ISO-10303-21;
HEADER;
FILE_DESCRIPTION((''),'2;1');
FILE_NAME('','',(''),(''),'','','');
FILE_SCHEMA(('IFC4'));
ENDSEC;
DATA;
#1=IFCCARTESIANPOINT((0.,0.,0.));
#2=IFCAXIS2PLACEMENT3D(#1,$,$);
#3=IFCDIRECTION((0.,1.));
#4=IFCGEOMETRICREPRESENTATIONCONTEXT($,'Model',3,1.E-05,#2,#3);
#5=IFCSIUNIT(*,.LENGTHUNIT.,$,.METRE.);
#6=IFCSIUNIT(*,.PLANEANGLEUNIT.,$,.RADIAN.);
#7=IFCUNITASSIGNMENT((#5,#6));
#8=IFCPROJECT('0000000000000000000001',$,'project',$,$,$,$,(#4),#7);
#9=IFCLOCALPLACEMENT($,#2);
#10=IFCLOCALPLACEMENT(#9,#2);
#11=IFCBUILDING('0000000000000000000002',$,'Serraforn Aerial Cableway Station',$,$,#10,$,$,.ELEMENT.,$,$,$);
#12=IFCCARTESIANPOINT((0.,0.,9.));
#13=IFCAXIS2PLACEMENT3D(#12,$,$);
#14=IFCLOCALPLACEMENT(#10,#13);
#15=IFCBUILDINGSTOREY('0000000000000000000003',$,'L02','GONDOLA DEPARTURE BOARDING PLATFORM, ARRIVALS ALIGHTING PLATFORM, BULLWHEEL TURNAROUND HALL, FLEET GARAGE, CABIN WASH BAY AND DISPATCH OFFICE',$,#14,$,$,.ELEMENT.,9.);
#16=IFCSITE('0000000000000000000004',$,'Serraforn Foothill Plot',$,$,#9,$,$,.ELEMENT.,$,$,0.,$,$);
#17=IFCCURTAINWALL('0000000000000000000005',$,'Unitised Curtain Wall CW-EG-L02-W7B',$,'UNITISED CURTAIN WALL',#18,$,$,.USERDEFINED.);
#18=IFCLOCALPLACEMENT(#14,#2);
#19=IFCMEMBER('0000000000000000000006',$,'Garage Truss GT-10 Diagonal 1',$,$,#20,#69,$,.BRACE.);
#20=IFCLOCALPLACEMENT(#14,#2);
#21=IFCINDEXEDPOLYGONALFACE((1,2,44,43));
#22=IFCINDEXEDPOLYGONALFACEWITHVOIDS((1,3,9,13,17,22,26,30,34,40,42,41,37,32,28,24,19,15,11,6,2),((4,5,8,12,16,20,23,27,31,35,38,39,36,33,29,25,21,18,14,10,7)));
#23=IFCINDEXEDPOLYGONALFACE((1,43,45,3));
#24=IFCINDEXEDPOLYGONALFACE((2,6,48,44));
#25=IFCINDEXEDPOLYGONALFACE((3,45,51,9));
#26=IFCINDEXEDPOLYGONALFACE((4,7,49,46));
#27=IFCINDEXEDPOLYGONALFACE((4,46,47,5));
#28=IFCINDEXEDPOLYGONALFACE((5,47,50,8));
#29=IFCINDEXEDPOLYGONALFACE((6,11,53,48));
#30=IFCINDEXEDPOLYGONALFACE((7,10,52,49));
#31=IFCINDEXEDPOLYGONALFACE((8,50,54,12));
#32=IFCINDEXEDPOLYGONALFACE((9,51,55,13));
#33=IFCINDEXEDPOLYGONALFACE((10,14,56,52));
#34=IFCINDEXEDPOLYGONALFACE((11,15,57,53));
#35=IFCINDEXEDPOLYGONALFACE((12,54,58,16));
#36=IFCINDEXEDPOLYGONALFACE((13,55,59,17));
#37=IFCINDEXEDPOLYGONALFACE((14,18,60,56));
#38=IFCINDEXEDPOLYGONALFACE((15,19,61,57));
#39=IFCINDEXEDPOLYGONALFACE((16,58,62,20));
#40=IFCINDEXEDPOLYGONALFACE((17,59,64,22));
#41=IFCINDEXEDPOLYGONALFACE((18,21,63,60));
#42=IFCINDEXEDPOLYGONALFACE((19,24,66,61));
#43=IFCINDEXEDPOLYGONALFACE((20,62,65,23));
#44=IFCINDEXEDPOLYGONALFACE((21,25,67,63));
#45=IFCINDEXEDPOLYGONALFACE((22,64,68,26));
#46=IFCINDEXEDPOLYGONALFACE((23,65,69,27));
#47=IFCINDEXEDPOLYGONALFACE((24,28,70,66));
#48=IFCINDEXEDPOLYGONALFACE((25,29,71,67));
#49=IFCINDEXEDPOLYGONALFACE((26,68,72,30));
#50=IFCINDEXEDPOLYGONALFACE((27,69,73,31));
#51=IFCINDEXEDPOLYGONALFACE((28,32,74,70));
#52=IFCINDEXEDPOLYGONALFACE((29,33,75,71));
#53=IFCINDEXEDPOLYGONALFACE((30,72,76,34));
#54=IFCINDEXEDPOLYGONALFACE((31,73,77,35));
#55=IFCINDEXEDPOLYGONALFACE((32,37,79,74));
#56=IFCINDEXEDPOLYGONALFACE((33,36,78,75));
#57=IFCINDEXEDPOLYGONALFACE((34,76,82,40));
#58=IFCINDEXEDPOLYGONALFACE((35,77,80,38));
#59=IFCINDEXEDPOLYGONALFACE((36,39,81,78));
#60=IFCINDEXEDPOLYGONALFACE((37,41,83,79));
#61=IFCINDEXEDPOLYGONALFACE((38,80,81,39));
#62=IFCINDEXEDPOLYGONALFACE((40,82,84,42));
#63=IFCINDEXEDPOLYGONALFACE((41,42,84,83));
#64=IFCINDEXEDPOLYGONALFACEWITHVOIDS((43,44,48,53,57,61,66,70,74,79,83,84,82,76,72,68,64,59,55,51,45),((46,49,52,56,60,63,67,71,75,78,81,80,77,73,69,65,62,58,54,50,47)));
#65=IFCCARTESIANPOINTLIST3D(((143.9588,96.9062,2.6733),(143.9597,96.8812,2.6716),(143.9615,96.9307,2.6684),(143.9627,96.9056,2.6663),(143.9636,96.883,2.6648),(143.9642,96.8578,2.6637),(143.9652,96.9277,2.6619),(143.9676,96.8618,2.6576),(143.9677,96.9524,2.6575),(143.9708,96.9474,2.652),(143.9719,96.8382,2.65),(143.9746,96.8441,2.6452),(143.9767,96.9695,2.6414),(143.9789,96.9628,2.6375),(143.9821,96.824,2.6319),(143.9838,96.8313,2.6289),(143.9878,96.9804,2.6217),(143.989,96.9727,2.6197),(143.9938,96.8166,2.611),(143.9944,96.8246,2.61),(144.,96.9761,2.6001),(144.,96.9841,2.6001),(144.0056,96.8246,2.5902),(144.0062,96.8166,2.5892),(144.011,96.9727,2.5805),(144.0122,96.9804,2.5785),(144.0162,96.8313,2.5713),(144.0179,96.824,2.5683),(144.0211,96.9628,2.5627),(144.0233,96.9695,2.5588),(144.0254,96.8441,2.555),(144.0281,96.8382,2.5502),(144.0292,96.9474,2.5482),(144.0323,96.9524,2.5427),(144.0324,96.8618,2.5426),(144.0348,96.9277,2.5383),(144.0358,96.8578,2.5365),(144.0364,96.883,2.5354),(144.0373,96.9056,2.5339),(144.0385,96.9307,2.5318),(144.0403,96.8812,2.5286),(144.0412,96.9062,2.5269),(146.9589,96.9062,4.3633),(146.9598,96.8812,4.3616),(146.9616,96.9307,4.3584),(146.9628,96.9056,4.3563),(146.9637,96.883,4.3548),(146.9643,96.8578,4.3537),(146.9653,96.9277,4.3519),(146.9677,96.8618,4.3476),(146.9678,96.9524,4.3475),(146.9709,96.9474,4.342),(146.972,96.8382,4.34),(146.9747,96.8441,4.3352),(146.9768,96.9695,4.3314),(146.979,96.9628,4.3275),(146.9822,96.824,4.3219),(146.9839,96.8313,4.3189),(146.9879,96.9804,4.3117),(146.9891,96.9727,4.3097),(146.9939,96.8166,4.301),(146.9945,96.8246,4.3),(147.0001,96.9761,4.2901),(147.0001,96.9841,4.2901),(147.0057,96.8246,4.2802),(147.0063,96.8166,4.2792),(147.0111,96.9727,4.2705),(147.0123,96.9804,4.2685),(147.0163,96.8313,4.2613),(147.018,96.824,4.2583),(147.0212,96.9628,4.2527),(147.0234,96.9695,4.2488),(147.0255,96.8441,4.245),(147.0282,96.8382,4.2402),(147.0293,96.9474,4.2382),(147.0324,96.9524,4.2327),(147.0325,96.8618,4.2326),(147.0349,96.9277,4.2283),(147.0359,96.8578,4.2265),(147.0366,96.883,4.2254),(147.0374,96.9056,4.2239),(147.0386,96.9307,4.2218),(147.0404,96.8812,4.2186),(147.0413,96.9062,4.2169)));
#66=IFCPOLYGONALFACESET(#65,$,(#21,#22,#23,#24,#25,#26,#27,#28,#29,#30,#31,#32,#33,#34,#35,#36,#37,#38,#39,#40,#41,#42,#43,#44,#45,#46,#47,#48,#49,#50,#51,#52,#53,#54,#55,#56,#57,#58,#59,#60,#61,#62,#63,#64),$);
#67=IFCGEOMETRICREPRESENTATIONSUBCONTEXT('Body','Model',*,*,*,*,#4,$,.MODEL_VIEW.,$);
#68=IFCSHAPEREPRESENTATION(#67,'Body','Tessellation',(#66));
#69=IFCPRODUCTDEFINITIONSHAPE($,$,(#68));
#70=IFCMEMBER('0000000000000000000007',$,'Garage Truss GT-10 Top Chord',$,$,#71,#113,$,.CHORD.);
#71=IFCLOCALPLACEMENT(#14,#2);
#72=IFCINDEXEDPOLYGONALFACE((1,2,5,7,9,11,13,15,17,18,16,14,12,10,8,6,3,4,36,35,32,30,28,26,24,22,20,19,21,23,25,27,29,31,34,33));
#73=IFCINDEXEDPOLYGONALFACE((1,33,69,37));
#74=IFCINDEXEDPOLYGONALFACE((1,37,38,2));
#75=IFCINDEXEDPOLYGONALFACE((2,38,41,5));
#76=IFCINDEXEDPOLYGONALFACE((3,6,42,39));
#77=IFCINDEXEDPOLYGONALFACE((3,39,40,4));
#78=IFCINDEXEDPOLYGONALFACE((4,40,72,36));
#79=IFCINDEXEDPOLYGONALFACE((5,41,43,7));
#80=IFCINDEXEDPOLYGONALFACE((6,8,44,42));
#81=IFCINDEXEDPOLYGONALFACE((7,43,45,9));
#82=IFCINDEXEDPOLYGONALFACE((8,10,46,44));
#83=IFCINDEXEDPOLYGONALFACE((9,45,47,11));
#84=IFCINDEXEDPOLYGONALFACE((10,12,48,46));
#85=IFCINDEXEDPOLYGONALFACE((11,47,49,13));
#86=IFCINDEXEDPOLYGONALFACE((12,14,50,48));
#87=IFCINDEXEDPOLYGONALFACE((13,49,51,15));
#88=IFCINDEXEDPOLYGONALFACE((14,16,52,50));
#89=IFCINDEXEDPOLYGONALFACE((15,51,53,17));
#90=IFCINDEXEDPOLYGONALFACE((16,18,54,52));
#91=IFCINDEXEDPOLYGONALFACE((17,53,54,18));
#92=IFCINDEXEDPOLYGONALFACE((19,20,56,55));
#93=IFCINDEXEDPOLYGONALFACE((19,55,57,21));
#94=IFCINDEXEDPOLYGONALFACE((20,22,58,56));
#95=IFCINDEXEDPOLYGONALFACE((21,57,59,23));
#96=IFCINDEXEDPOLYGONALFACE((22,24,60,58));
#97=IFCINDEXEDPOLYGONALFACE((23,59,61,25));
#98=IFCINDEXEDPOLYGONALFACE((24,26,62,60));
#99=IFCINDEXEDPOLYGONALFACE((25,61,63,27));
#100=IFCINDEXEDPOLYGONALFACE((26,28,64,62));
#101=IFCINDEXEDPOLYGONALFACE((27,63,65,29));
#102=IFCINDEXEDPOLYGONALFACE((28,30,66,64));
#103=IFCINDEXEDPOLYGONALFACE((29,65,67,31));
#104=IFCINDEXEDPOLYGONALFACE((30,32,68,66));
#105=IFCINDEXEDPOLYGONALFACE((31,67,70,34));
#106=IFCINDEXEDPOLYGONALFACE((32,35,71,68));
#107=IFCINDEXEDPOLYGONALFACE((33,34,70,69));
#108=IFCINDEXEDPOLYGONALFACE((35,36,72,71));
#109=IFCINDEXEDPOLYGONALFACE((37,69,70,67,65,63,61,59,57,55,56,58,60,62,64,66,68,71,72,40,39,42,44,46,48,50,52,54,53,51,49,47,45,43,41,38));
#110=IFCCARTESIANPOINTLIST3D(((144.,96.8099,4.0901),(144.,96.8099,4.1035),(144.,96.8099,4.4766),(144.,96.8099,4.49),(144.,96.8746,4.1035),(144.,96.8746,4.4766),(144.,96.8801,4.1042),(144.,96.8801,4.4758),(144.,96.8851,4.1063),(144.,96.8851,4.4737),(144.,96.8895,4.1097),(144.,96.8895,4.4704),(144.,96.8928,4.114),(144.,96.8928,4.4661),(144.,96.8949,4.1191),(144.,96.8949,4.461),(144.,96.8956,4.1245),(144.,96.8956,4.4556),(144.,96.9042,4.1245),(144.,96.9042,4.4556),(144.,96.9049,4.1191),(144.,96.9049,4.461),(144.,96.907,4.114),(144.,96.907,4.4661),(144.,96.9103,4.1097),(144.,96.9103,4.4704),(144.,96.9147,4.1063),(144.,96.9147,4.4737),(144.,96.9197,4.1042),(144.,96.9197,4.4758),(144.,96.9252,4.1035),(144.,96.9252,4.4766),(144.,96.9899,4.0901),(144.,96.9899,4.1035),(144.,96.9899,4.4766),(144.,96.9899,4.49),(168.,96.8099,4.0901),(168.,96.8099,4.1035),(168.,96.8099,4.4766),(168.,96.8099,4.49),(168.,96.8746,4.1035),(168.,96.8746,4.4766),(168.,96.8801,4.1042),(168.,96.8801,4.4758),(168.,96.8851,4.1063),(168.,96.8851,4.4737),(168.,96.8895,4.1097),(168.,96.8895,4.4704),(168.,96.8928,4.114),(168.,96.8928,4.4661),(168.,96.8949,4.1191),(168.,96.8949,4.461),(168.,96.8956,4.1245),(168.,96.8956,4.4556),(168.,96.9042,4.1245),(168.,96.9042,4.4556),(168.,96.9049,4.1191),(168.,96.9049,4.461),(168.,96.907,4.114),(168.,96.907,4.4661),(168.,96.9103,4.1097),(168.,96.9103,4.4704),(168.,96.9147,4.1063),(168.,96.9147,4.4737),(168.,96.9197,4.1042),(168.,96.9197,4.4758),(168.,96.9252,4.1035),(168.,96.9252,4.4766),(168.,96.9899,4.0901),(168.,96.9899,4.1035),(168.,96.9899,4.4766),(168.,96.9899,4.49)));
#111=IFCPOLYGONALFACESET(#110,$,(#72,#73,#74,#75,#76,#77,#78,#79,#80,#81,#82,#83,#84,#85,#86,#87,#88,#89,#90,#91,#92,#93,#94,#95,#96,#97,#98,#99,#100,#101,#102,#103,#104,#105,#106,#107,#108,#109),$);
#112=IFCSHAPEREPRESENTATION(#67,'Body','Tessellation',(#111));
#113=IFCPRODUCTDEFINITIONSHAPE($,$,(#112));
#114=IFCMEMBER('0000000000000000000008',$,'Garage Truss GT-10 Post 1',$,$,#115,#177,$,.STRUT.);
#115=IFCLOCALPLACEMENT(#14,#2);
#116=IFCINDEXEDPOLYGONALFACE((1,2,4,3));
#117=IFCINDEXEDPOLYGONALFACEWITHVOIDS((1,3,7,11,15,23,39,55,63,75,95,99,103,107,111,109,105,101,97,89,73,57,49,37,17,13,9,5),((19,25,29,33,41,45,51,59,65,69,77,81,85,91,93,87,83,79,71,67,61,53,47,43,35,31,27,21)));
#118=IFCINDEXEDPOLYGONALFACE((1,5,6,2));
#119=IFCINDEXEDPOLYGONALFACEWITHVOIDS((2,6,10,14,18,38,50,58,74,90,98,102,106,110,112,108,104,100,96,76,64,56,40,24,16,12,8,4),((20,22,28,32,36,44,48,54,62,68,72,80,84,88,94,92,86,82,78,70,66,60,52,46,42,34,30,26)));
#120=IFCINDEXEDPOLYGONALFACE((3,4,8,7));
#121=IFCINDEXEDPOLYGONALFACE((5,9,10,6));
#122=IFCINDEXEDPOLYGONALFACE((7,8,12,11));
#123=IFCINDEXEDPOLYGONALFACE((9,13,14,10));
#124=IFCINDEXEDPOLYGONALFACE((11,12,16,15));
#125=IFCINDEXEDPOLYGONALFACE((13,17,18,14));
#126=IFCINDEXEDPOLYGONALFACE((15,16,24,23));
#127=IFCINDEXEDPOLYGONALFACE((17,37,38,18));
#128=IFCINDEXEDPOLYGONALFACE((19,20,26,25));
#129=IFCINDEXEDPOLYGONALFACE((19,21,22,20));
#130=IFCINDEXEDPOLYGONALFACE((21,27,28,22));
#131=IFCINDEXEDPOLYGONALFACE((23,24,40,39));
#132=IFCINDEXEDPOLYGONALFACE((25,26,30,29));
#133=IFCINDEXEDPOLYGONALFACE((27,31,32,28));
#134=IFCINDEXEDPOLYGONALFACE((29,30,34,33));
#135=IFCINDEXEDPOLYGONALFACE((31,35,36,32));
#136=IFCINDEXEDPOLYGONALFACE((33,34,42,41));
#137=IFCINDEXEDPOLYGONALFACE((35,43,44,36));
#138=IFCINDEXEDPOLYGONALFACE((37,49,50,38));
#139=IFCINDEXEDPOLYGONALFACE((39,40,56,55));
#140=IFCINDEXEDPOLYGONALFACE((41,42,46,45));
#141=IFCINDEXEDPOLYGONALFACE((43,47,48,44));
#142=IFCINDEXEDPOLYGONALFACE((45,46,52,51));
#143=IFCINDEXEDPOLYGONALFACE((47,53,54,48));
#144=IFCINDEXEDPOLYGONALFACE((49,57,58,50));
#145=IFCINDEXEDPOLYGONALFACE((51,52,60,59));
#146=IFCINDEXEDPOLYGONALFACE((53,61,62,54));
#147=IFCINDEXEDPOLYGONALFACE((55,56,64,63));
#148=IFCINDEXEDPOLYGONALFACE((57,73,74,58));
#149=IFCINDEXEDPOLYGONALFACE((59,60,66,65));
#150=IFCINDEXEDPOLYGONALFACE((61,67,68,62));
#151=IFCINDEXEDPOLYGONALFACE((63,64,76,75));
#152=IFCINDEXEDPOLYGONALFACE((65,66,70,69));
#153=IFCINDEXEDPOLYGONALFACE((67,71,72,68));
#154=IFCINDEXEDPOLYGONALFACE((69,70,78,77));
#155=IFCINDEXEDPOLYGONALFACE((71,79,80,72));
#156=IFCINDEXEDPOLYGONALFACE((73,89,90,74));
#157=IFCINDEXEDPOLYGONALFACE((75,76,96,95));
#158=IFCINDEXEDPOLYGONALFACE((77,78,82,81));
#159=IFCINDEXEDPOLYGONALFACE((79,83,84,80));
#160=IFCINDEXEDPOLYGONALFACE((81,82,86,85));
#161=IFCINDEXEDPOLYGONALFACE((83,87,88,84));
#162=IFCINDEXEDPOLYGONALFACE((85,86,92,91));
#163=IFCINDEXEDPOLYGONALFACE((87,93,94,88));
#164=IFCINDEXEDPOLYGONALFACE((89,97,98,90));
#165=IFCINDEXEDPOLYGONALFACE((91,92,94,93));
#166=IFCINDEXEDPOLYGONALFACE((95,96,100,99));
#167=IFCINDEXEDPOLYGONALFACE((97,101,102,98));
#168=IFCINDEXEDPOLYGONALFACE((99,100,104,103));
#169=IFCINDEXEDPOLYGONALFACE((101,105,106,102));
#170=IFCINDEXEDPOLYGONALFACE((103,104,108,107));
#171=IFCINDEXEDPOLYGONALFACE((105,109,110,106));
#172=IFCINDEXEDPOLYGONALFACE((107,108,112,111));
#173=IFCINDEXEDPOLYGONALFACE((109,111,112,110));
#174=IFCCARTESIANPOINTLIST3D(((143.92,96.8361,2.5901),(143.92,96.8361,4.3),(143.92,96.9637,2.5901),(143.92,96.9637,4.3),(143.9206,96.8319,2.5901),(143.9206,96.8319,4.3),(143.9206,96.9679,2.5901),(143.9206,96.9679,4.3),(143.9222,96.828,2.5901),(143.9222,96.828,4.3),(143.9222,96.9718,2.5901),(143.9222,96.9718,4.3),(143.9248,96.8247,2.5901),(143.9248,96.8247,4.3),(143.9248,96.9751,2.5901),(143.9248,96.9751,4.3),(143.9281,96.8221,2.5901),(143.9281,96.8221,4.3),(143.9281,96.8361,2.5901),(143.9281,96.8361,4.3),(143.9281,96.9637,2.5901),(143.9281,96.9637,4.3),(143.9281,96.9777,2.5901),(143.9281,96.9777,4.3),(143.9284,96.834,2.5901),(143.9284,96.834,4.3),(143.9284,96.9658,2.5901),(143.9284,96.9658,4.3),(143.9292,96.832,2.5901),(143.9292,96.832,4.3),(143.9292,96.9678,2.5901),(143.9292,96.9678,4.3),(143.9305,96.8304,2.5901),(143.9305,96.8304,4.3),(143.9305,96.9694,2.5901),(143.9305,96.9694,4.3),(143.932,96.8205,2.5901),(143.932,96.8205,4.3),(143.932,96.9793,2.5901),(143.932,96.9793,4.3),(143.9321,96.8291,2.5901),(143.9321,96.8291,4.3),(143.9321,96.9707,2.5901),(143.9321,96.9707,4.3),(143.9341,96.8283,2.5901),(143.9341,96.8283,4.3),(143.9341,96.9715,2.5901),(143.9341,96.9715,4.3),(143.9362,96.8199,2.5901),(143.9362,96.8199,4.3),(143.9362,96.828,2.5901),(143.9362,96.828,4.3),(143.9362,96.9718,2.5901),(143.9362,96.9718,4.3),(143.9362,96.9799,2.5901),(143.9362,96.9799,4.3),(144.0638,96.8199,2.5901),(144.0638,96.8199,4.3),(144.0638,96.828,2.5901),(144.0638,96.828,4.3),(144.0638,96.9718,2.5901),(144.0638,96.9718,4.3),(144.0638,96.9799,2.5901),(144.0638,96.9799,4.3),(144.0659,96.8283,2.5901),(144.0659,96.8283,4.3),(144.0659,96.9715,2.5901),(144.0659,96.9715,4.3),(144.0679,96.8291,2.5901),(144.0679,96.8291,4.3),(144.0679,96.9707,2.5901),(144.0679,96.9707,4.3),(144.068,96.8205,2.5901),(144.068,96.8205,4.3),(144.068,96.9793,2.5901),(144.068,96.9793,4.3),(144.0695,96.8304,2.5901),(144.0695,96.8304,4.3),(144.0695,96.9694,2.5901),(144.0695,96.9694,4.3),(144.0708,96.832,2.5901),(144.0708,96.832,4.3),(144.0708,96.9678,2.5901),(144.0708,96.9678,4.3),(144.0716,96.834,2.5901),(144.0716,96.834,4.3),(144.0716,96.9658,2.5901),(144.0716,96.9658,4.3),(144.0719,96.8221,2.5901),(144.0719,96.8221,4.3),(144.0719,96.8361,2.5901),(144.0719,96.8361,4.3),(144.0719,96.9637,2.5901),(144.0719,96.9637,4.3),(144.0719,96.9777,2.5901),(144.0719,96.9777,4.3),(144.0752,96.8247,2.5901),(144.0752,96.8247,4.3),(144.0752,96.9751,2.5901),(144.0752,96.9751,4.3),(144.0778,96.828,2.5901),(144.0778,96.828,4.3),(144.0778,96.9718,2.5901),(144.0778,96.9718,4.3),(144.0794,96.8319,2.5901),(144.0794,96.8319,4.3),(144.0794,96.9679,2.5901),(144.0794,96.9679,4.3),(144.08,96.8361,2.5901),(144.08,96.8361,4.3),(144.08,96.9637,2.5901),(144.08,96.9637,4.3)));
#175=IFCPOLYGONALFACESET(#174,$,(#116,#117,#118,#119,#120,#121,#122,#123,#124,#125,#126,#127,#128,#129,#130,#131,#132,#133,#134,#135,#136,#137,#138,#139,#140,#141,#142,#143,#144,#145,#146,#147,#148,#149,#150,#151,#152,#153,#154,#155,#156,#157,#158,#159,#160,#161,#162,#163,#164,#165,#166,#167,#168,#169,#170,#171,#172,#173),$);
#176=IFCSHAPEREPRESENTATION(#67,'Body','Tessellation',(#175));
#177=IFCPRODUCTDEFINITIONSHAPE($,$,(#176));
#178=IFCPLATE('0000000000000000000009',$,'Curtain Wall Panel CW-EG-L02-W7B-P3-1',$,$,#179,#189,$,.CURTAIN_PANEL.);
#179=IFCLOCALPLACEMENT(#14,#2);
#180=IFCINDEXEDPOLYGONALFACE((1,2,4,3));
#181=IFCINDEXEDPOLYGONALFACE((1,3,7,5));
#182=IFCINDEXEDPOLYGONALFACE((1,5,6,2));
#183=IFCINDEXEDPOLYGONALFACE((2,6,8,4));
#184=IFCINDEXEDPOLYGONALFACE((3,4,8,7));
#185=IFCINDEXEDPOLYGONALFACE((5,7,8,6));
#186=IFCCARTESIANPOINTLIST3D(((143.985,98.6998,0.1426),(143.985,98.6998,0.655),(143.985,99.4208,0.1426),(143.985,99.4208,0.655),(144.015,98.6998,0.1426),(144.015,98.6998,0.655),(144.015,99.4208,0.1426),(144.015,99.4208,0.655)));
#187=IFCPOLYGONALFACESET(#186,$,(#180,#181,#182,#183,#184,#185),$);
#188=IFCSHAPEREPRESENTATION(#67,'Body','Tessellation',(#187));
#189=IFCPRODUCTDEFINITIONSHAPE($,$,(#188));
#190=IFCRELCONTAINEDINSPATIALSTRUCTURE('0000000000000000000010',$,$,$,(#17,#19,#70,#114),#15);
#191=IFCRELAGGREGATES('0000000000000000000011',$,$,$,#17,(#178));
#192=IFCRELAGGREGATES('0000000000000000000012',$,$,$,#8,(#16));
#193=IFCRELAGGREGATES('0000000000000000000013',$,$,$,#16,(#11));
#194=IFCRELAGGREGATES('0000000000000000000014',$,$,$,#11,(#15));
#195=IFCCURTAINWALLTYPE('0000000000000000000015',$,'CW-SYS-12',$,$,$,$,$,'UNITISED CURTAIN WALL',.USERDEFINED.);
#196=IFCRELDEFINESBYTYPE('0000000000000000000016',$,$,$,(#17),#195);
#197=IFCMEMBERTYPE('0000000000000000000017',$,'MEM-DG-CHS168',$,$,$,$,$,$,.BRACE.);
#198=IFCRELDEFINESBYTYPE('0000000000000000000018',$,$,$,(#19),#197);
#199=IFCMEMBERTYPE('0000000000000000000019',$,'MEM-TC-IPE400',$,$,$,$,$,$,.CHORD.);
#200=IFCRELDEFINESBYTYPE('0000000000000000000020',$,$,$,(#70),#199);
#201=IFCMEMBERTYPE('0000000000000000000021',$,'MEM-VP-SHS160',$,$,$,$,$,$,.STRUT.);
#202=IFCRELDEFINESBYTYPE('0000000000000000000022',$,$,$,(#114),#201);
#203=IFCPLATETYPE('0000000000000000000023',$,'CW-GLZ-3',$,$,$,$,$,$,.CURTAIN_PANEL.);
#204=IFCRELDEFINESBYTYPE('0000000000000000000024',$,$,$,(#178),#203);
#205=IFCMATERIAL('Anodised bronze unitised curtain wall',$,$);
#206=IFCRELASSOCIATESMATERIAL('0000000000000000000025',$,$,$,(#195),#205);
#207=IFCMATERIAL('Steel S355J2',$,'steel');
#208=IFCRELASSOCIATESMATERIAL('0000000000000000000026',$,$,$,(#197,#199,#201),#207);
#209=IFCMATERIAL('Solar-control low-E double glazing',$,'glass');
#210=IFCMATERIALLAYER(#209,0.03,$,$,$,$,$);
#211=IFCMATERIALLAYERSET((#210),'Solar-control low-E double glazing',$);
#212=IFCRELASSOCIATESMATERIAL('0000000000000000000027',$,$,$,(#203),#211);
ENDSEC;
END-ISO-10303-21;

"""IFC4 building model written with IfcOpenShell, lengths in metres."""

from ifc_helpers import new_model, si_unit, direction, frame, origin, origin_2d, place, context, subcontext, project, spatial, rectangle, hollow_rectangle, hollow_circle, i_section, extrude, material, layer, layer_set, material_profile, profile_set, type_object, element, aggregate, save


model = new_model("IFC4")

# Units and contexts
model_context = context("Model", 3, precision=1e-05, world=origin(), true_north=direction((0.0, 1.0)))
body_context = subcontext(model_context, "Body", "Model", "MODEL_VIEW")
ifc_project = project(units=[si_unit("LENGTHUNIT", "METRE"), si_unit("PLANEANGLEUNIT", "RADIAN")], contexts=[model_context])

# Site, building, storey
site_placement = place(None, origin())
site = spatial("IfcSite", under=ifc_project, at=site_placement, Name="Serraforn Foothill Plot", CompositionType="ELEMENT", RefElevation=0.0)
building_placement = place(site_placement, origin())
building = spatial("IfcBuilding", under=site, at=building_placement, Name="Serraforn Aerial Cableway Station", CompositionType="ELEMENT")
storey_placement = place(building_placement, frame((0.0, 0.0, 9.0)))
storey = spatial("IfcBuildingStorey", under=building, at=storey_placement, Name="L02", Description="GONDOLA DEPARTURE BOARDING PLATFORM, ARRIVALS ALIGHTING PLATFORM, BULLWHEEL TURNAROUND HALL, FLEET GARAGE, CABIN WASH BAY AND DISPATCH OFFICE", CompositionType="ELEMENT", Elevation=9.0)

# Shared definitions
ifc_material_1 = material(Name="Steel S355J2", Category="steel")

# Curtain wall
ifc_material_2 = material(Name="Anodised bronze unitised curtain wall")
curtain_wall_type_1 = type_object("IfcCurtainWallType", Name="CW-SYS-12", ElementType="UNITISED CURTAIN WALL", PredefinedType="USERDEFINED", material=ifc_material_2)
curtain_wall_1_placement = place(storey_placement, origin())
curtain_wall_1 = element("IfcCurtainWall", 1, at=curtain_wall_1_placement, inside=storey, type_object=curtain_wall_type_1, Name="Unitised Curtain Wall CW-EG-L02-W7B", ObjectType="UNITISED CURTAIN WALL", PredefinedType="USERDEFINED")

# Members
ifc_material_profile_1 = material_profile(ifc_material_1, hollow_circle(Radius=0.0842, WallThickness=0.0081, at=origin_2d()), Name="CHS 168.3x8.0")
ifc_profile_set_1 = profile_set([ifc_material_profile_1], Name="Steel S355J2")
member_type_1 = type_object("IfcMemberType", Name="MEM-DG-CHS168", PredefinedType="BRACE", material=ifc_profile_set_1)
member_1_placement = place(storey_placement, frame((144.0, 96.8999, 2.6001), z_axis=(0.871272, 0.0, 0.4908), x_axis=(0.0, 1.0, 0.0)))
element("IfcMember", 2, at=member_1_placement, inside=storey, type_object=member_type_1, Name="Garage Truss GT-10 Diagonal 1", PredefinedType="BRACE", context=body_context, shape_type="SweptSolid", body=[
    extrude(hollow_circle(Radius=0.0842, WallThickness=0.0081, at=origin_2d()), origin(), (0.0, 0.0, 1.0), 3.4434),
])
ifc_material_profile_2 = material_profile(ifc_material_1, i_section(OverallWidth=0.1799, OverallDepth=0.3999, WebThickness=0.0085, FlangeThickness=0.0134, FilletRadius=0.021, at=origin_2d()), Name="IPE 400")
ifc_profile_set_2 = profile_set([ifc_material_profile_2], Name="Steel S355J2")
member_type_2 = type_object("IfcMemberType", Name="MEM-TC-IPE400", PredefinedType="CHORD", material=ifc_profile_set_2)
member_2_placement = place(storey_placement, frame((144.0, 96.8999, 4.29), z_axis=(1.0, 0.0, 0.0), x_axis=(0.0, 1.0, 0.0)))
element("IfcMember", 3, at=member_2_placement, inside=storey, type_object=member_type_2, Name="Garage Truss GT-10 Top Chord", PredefinedType="CHORD", context=body_context, shape_type="SweptSolid", body=[
    extrude(i_section(OverallWidth=0.1799, OverallDepth=0.3999, WebThickness=0.0085, FlangeThickness=0.0134, FilletRadius=0.021, at=origin_2d()), origin(), (0.0, 0.0, 1.0), 24.0),
])
ifc_material_profile_3 = material_profile(ifc_material_1, hollow_rectangle(XDim=0.1599, YDim=0.1599, WallThickness=0.0081, InnerFilletRadius=0.0081, OuterFilletRadius=0.0161, at=origin_2d()), Name="SHS 160x160x8.0")
ifc_profile_set_3 = profile_set([ifc_material_profile_3], Name="Steel S355J2")
member_type_3 = type_object("IfcMemberType", Name="MEM-VP-SHS160", PredefinedType="STRUT", material=ifc_profile_set_3)
member_3_placement = place(storey_placement, frame((144.0, 96.8999, 2.5901), z_axis=(0.0, 0.0, 1.0), x_axis=(1.0, 0.0, 0.0)))
element("IfcMember", 4, at=member_3_placement, inside=storey, type_object=member_type_3, Name="Garage Truss GT-10 Post 1", PredefinedType="STRUT", context=body_context, shape_type="SweptSolid", body=[
    extrude(hollow_rectangle(XDim=0.1599, YDim=0.1599, WallThickness=0.0081, InnerFilletRadius=0.0081, OuterFilletRadius=0.0161, at=origin_2d()), origin(), (0.0, 0.0, 1.0), 1.71),
])

# Plate
ifc_material_3 = material(Name="Solar-control low-E double glazing", Category="glass")
ifc_layer_1 = layer(ifc_material_3, 0.03)
ifc_layer_set_1 = layer_set([ifc_layer_1], Name="Solar-control low-E double glazing")
plate_type_1 = type_object("IfcPlateType", Name="CW-GLZ-3", PredefinedType="CURTAIN_PANEL", material=ifc_layer_set_1)
plate_1_placement = place(storey_placement, frame((144.0, 99.0603, 0.1426), z_axis=(0.0, 0.0, 1.0), x_axis=(1.0, 0.0, 0.0)))
plate_1 = element("IfcPlate", 5, at=plate_1_placement, type_object=plate_type_1, Name="Curtain Wall Panel CW-EG-L02-W7B-P3-1", PredefinedType="CURTAIN_PANEL", context=body_context, shape_type="SweptSolid", body=[
    extrude(rectangle(XDim=0.03, YDim=0.7209, at=origin_2d()), origin(), (0.0, 0.0, 1.0), 0.5125),
])
aggregate(curtain_wall_1, [plate_1])

save(model, "model.ifc")
